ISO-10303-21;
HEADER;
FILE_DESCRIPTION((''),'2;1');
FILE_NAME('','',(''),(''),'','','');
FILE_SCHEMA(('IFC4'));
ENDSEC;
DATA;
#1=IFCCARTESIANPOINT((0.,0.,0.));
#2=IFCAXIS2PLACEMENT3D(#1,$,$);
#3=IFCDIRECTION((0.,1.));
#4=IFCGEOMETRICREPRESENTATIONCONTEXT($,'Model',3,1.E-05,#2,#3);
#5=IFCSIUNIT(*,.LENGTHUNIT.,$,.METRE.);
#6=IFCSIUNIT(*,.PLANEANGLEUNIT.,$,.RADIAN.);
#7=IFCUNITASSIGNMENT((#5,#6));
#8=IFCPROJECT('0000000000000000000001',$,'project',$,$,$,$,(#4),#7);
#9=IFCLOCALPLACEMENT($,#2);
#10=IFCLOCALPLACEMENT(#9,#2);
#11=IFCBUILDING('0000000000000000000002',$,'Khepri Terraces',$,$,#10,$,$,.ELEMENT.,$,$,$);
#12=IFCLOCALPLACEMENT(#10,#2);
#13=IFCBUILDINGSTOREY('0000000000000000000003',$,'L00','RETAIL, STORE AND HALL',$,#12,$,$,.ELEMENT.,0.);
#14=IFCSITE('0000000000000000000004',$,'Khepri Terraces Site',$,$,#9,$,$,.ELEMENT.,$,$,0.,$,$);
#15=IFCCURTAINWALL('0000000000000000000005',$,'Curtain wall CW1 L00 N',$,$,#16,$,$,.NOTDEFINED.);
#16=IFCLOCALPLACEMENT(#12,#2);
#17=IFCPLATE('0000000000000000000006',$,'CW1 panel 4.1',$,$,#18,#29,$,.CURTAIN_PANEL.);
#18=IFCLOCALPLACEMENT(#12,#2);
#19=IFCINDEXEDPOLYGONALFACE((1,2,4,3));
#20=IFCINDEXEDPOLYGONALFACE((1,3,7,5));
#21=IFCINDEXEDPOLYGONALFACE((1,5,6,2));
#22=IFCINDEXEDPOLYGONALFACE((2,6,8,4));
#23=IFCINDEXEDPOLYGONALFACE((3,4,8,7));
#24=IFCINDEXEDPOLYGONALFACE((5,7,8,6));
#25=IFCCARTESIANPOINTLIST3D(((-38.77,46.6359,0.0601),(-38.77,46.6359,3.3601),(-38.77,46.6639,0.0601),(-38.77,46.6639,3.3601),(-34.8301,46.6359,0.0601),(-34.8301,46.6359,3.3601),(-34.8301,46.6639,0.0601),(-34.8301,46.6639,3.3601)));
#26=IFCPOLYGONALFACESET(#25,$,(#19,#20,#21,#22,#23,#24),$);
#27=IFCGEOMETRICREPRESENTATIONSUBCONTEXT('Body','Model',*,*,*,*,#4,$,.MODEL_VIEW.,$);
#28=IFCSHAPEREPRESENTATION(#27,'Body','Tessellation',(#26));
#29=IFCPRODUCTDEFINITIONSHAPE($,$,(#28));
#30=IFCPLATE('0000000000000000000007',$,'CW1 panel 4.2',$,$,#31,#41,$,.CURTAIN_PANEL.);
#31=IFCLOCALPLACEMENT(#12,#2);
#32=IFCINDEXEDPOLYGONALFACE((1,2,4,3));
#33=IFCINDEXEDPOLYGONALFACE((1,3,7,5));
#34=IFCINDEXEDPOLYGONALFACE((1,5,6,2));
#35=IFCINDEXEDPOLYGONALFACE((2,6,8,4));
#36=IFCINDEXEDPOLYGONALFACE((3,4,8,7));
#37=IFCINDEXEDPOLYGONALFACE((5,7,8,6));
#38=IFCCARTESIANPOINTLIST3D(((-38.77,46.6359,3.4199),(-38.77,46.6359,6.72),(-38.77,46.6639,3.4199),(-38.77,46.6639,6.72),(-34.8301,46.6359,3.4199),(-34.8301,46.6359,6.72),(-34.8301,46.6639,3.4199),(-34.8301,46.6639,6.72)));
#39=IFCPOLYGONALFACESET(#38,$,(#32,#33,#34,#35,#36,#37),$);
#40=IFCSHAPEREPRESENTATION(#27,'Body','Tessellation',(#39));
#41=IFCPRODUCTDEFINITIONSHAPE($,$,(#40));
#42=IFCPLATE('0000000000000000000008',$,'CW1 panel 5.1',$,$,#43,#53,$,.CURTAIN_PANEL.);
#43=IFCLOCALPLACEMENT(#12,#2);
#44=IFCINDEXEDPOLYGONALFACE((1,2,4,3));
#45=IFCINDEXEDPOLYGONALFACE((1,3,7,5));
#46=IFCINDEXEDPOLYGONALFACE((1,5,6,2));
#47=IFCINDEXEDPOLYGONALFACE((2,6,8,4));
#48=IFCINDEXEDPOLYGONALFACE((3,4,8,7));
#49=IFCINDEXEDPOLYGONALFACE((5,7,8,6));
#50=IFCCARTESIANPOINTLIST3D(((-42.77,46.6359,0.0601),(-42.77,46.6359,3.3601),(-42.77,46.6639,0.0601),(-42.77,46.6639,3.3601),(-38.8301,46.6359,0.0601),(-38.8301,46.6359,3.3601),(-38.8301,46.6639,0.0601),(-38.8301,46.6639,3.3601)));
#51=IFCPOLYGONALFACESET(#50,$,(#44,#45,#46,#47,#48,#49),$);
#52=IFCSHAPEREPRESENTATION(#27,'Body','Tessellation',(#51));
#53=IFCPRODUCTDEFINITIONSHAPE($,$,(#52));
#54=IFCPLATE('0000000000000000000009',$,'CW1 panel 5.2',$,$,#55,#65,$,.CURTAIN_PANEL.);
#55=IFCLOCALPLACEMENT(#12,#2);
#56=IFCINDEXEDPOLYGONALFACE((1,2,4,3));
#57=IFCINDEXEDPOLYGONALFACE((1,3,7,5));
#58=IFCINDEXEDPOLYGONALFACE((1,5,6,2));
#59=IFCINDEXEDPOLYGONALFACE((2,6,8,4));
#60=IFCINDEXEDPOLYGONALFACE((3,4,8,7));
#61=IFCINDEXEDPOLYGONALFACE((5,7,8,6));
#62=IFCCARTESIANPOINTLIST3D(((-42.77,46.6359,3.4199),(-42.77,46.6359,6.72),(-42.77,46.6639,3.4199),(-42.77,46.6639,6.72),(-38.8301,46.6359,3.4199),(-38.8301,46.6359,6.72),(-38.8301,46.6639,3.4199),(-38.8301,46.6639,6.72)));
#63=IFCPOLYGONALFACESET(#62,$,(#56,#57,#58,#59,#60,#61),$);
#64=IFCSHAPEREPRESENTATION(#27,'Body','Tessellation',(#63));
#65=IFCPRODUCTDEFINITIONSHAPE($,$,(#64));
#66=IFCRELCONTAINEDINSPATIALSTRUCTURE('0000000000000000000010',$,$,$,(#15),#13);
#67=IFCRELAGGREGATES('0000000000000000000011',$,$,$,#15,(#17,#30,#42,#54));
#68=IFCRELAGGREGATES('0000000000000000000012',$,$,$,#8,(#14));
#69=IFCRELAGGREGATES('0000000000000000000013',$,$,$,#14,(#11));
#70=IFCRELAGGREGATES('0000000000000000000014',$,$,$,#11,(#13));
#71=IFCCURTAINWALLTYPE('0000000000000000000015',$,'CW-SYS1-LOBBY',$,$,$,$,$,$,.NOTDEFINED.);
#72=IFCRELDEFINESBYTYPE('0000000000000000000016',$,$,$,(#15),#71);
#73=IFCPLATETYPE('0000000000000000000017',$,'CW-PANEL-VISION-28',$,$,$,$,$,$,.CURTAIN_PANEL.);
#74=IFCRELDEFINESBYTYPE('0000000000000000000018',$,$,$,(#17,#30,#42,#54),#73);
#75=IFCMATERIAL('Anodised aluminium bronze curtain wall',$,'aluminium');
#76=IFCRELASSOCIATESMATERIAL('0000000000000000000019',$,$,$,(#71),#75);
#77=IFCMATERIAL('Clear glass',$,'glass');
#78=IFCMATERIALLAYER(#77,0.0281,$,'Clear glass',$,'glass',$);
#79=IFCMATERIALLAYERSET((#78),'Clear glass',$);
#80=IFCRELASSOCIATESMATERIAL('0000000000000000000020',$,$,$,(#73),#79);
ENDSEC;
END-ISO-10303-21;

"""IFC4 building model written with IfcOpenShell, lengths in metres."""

from ifc_helpers import new_model, si_unit, direction, frame, origin, origin_2d, place, context, subcontext, project, spatial, rectangle, extrude, material, layer, layer_set, type_object, element, aggregate, save


model = new_model("IFC4")

# Units and contexts
model_context = context("Model", 3, precision=1e-05, world=origin(), true_north=direction((0.0, 1.0)))
body_context = subcontext(model_context, "Body", "Model", "MODEL_VIEW")
ifc_project = project(units=[si_unit("LENGTHUNIT", "METRE"), si_unit("PLANEANGLEUNIT", "RADIAN")], contexts=[model_context])

# Site, building, storey
site_placement = place(None, origin())
site = spatial("IfcSite", under=ifc_project, at=site_placement, Name="Khepri Terraces Site", CompositionType="ELEMENT", RefElevation=0.0)
building_placement = place(site_placement, origin())
building = spatial("IfcBuilding", under=site, at=building_placement, Name="Khepri Terraces", CompositionType="ELEMENT")
storey_placement = place(building_placement, origin())
storey = spatial("IfcBuildingStorey", under=building, at=storey_placement, Name="L00", Description="RETAIL, STORE AND HALL", CompositionType="ELEMENT", Elevation=0.0)

# Curtain wall
ifc_material_1 = material(Name="Anodised aluminium bronze curtain wall", Category="aluminium")
curtain_wall_type = type_object("IfcCurtainWallType", Name="CW-SYS1-LOBBY", PredefinedType="NOTDEFINED", material=ifc_material_1)
curtain_wall_placement = place(storey_placement, origin())
curtain_wall = element("IfcCurtainWall", 1, at=curtain_wall_placement, inside=storey, type_object=curtain_wall_type, Name="Curtain wall CW1 L00 N", PredefinedType="NOTDEFINED")

# Plates
ifc_material_2 = material(Name="Clear glass", Category="glass")
ifc_layer = layer(ifc_material_2, 0.0281, Name="Clear glass", Category="glass")
ifc_layer_set = layer_set([ifc_layer], Name="Clear glass")
plate_type = type_object("IfcPlateType", Name="CW-PANEL-VISION-28", PredefinedType="CURTAIN_PANEL", material=ifc_layer_set)
plate_1_placement = place(storey_placement, frame((-36.8, 46.6499, 0.0601), z_axis=(0.0, 0.0, 1.0), x_axis=(-1.0, 0.0, 0.0)))
plate_1 = element("IfcPlate", 2, at=plate_1_placement, type_object=plate_type, Name="CW1 panel 4.1", PredefinedType="CURTAIN_PANEL", context=body_context, shape_type="SweptSolid", body=[
    extrude(rectangle(XDim=3.9399, YDim=0.0281, at=origin_2d()), origin(), (0.0, 0.0, 1.0), 3.3),
])
plate_2_placement = place(storey_placement, frame((-36.8, 46.6499, 3.4199), z_axis=(0.0, 0.0, 1.0), x_axis=(-1.0, 0.0, 0.0)))
plate_2 = element("IfcPlate", 3, at=plate_2_placement, type_object=plate_type, Name="CW1 panel 4.2", PredefinedType="CURTAIN_PANEL", context=body_context, shape_type="SweptSolid", body=[
    extrude(rectangle(XDim=3.9399, YDim=0.0281, at=origin_2d()), origin(), (0.0, 0.0, 1.0), 3.3),
])
plate_3_placement = place(storey_placement, frame((-40.8, 46.6499, 0.0601), z_axis=(0.0, 0.0, 1.0), x_axis=(-1.0, 0.0, 0.0)))
plate_3 = element("IfcPlate", 4, at=plate_3_placement, type_object=plate_type, Name="CW1 panel 5.1", PredefinedType="CURTAIN_PANEL", context=body_context, shape_type="SweptSolid", body=[
    extrude(rectangle(XDim=3.9399, YDim=0.0281, at=origin_2d()), origin(), (0.0, 0.0, 1.0), 3.3),
])
plate_4_placement = place(storey_placement, frame((-40.8, 46.6499, 3.4199), z_axis=(0.0, 0.0, 1.0), x_axis=(-1.0, 0.0, 0.0)))
plate_4 = element("IfcPlate", 5, at=plate_4_placement, type_object=plate_type, Name="CW1 panel 5.2", PredefinedType="CURTAIN_PANEL", context=body_context, shape_type="SweptSolid", body=[
    extrude(rectangle(XDim=3.9399, YDim=0.0281, at=origin_2d()), origin(), (0.0, 0.0, 1.0), 3.3),
])
aggregate(curtain_wall, [plate_1, plate_2, plate_3, plate_4])

save(model, "model.ifc")
